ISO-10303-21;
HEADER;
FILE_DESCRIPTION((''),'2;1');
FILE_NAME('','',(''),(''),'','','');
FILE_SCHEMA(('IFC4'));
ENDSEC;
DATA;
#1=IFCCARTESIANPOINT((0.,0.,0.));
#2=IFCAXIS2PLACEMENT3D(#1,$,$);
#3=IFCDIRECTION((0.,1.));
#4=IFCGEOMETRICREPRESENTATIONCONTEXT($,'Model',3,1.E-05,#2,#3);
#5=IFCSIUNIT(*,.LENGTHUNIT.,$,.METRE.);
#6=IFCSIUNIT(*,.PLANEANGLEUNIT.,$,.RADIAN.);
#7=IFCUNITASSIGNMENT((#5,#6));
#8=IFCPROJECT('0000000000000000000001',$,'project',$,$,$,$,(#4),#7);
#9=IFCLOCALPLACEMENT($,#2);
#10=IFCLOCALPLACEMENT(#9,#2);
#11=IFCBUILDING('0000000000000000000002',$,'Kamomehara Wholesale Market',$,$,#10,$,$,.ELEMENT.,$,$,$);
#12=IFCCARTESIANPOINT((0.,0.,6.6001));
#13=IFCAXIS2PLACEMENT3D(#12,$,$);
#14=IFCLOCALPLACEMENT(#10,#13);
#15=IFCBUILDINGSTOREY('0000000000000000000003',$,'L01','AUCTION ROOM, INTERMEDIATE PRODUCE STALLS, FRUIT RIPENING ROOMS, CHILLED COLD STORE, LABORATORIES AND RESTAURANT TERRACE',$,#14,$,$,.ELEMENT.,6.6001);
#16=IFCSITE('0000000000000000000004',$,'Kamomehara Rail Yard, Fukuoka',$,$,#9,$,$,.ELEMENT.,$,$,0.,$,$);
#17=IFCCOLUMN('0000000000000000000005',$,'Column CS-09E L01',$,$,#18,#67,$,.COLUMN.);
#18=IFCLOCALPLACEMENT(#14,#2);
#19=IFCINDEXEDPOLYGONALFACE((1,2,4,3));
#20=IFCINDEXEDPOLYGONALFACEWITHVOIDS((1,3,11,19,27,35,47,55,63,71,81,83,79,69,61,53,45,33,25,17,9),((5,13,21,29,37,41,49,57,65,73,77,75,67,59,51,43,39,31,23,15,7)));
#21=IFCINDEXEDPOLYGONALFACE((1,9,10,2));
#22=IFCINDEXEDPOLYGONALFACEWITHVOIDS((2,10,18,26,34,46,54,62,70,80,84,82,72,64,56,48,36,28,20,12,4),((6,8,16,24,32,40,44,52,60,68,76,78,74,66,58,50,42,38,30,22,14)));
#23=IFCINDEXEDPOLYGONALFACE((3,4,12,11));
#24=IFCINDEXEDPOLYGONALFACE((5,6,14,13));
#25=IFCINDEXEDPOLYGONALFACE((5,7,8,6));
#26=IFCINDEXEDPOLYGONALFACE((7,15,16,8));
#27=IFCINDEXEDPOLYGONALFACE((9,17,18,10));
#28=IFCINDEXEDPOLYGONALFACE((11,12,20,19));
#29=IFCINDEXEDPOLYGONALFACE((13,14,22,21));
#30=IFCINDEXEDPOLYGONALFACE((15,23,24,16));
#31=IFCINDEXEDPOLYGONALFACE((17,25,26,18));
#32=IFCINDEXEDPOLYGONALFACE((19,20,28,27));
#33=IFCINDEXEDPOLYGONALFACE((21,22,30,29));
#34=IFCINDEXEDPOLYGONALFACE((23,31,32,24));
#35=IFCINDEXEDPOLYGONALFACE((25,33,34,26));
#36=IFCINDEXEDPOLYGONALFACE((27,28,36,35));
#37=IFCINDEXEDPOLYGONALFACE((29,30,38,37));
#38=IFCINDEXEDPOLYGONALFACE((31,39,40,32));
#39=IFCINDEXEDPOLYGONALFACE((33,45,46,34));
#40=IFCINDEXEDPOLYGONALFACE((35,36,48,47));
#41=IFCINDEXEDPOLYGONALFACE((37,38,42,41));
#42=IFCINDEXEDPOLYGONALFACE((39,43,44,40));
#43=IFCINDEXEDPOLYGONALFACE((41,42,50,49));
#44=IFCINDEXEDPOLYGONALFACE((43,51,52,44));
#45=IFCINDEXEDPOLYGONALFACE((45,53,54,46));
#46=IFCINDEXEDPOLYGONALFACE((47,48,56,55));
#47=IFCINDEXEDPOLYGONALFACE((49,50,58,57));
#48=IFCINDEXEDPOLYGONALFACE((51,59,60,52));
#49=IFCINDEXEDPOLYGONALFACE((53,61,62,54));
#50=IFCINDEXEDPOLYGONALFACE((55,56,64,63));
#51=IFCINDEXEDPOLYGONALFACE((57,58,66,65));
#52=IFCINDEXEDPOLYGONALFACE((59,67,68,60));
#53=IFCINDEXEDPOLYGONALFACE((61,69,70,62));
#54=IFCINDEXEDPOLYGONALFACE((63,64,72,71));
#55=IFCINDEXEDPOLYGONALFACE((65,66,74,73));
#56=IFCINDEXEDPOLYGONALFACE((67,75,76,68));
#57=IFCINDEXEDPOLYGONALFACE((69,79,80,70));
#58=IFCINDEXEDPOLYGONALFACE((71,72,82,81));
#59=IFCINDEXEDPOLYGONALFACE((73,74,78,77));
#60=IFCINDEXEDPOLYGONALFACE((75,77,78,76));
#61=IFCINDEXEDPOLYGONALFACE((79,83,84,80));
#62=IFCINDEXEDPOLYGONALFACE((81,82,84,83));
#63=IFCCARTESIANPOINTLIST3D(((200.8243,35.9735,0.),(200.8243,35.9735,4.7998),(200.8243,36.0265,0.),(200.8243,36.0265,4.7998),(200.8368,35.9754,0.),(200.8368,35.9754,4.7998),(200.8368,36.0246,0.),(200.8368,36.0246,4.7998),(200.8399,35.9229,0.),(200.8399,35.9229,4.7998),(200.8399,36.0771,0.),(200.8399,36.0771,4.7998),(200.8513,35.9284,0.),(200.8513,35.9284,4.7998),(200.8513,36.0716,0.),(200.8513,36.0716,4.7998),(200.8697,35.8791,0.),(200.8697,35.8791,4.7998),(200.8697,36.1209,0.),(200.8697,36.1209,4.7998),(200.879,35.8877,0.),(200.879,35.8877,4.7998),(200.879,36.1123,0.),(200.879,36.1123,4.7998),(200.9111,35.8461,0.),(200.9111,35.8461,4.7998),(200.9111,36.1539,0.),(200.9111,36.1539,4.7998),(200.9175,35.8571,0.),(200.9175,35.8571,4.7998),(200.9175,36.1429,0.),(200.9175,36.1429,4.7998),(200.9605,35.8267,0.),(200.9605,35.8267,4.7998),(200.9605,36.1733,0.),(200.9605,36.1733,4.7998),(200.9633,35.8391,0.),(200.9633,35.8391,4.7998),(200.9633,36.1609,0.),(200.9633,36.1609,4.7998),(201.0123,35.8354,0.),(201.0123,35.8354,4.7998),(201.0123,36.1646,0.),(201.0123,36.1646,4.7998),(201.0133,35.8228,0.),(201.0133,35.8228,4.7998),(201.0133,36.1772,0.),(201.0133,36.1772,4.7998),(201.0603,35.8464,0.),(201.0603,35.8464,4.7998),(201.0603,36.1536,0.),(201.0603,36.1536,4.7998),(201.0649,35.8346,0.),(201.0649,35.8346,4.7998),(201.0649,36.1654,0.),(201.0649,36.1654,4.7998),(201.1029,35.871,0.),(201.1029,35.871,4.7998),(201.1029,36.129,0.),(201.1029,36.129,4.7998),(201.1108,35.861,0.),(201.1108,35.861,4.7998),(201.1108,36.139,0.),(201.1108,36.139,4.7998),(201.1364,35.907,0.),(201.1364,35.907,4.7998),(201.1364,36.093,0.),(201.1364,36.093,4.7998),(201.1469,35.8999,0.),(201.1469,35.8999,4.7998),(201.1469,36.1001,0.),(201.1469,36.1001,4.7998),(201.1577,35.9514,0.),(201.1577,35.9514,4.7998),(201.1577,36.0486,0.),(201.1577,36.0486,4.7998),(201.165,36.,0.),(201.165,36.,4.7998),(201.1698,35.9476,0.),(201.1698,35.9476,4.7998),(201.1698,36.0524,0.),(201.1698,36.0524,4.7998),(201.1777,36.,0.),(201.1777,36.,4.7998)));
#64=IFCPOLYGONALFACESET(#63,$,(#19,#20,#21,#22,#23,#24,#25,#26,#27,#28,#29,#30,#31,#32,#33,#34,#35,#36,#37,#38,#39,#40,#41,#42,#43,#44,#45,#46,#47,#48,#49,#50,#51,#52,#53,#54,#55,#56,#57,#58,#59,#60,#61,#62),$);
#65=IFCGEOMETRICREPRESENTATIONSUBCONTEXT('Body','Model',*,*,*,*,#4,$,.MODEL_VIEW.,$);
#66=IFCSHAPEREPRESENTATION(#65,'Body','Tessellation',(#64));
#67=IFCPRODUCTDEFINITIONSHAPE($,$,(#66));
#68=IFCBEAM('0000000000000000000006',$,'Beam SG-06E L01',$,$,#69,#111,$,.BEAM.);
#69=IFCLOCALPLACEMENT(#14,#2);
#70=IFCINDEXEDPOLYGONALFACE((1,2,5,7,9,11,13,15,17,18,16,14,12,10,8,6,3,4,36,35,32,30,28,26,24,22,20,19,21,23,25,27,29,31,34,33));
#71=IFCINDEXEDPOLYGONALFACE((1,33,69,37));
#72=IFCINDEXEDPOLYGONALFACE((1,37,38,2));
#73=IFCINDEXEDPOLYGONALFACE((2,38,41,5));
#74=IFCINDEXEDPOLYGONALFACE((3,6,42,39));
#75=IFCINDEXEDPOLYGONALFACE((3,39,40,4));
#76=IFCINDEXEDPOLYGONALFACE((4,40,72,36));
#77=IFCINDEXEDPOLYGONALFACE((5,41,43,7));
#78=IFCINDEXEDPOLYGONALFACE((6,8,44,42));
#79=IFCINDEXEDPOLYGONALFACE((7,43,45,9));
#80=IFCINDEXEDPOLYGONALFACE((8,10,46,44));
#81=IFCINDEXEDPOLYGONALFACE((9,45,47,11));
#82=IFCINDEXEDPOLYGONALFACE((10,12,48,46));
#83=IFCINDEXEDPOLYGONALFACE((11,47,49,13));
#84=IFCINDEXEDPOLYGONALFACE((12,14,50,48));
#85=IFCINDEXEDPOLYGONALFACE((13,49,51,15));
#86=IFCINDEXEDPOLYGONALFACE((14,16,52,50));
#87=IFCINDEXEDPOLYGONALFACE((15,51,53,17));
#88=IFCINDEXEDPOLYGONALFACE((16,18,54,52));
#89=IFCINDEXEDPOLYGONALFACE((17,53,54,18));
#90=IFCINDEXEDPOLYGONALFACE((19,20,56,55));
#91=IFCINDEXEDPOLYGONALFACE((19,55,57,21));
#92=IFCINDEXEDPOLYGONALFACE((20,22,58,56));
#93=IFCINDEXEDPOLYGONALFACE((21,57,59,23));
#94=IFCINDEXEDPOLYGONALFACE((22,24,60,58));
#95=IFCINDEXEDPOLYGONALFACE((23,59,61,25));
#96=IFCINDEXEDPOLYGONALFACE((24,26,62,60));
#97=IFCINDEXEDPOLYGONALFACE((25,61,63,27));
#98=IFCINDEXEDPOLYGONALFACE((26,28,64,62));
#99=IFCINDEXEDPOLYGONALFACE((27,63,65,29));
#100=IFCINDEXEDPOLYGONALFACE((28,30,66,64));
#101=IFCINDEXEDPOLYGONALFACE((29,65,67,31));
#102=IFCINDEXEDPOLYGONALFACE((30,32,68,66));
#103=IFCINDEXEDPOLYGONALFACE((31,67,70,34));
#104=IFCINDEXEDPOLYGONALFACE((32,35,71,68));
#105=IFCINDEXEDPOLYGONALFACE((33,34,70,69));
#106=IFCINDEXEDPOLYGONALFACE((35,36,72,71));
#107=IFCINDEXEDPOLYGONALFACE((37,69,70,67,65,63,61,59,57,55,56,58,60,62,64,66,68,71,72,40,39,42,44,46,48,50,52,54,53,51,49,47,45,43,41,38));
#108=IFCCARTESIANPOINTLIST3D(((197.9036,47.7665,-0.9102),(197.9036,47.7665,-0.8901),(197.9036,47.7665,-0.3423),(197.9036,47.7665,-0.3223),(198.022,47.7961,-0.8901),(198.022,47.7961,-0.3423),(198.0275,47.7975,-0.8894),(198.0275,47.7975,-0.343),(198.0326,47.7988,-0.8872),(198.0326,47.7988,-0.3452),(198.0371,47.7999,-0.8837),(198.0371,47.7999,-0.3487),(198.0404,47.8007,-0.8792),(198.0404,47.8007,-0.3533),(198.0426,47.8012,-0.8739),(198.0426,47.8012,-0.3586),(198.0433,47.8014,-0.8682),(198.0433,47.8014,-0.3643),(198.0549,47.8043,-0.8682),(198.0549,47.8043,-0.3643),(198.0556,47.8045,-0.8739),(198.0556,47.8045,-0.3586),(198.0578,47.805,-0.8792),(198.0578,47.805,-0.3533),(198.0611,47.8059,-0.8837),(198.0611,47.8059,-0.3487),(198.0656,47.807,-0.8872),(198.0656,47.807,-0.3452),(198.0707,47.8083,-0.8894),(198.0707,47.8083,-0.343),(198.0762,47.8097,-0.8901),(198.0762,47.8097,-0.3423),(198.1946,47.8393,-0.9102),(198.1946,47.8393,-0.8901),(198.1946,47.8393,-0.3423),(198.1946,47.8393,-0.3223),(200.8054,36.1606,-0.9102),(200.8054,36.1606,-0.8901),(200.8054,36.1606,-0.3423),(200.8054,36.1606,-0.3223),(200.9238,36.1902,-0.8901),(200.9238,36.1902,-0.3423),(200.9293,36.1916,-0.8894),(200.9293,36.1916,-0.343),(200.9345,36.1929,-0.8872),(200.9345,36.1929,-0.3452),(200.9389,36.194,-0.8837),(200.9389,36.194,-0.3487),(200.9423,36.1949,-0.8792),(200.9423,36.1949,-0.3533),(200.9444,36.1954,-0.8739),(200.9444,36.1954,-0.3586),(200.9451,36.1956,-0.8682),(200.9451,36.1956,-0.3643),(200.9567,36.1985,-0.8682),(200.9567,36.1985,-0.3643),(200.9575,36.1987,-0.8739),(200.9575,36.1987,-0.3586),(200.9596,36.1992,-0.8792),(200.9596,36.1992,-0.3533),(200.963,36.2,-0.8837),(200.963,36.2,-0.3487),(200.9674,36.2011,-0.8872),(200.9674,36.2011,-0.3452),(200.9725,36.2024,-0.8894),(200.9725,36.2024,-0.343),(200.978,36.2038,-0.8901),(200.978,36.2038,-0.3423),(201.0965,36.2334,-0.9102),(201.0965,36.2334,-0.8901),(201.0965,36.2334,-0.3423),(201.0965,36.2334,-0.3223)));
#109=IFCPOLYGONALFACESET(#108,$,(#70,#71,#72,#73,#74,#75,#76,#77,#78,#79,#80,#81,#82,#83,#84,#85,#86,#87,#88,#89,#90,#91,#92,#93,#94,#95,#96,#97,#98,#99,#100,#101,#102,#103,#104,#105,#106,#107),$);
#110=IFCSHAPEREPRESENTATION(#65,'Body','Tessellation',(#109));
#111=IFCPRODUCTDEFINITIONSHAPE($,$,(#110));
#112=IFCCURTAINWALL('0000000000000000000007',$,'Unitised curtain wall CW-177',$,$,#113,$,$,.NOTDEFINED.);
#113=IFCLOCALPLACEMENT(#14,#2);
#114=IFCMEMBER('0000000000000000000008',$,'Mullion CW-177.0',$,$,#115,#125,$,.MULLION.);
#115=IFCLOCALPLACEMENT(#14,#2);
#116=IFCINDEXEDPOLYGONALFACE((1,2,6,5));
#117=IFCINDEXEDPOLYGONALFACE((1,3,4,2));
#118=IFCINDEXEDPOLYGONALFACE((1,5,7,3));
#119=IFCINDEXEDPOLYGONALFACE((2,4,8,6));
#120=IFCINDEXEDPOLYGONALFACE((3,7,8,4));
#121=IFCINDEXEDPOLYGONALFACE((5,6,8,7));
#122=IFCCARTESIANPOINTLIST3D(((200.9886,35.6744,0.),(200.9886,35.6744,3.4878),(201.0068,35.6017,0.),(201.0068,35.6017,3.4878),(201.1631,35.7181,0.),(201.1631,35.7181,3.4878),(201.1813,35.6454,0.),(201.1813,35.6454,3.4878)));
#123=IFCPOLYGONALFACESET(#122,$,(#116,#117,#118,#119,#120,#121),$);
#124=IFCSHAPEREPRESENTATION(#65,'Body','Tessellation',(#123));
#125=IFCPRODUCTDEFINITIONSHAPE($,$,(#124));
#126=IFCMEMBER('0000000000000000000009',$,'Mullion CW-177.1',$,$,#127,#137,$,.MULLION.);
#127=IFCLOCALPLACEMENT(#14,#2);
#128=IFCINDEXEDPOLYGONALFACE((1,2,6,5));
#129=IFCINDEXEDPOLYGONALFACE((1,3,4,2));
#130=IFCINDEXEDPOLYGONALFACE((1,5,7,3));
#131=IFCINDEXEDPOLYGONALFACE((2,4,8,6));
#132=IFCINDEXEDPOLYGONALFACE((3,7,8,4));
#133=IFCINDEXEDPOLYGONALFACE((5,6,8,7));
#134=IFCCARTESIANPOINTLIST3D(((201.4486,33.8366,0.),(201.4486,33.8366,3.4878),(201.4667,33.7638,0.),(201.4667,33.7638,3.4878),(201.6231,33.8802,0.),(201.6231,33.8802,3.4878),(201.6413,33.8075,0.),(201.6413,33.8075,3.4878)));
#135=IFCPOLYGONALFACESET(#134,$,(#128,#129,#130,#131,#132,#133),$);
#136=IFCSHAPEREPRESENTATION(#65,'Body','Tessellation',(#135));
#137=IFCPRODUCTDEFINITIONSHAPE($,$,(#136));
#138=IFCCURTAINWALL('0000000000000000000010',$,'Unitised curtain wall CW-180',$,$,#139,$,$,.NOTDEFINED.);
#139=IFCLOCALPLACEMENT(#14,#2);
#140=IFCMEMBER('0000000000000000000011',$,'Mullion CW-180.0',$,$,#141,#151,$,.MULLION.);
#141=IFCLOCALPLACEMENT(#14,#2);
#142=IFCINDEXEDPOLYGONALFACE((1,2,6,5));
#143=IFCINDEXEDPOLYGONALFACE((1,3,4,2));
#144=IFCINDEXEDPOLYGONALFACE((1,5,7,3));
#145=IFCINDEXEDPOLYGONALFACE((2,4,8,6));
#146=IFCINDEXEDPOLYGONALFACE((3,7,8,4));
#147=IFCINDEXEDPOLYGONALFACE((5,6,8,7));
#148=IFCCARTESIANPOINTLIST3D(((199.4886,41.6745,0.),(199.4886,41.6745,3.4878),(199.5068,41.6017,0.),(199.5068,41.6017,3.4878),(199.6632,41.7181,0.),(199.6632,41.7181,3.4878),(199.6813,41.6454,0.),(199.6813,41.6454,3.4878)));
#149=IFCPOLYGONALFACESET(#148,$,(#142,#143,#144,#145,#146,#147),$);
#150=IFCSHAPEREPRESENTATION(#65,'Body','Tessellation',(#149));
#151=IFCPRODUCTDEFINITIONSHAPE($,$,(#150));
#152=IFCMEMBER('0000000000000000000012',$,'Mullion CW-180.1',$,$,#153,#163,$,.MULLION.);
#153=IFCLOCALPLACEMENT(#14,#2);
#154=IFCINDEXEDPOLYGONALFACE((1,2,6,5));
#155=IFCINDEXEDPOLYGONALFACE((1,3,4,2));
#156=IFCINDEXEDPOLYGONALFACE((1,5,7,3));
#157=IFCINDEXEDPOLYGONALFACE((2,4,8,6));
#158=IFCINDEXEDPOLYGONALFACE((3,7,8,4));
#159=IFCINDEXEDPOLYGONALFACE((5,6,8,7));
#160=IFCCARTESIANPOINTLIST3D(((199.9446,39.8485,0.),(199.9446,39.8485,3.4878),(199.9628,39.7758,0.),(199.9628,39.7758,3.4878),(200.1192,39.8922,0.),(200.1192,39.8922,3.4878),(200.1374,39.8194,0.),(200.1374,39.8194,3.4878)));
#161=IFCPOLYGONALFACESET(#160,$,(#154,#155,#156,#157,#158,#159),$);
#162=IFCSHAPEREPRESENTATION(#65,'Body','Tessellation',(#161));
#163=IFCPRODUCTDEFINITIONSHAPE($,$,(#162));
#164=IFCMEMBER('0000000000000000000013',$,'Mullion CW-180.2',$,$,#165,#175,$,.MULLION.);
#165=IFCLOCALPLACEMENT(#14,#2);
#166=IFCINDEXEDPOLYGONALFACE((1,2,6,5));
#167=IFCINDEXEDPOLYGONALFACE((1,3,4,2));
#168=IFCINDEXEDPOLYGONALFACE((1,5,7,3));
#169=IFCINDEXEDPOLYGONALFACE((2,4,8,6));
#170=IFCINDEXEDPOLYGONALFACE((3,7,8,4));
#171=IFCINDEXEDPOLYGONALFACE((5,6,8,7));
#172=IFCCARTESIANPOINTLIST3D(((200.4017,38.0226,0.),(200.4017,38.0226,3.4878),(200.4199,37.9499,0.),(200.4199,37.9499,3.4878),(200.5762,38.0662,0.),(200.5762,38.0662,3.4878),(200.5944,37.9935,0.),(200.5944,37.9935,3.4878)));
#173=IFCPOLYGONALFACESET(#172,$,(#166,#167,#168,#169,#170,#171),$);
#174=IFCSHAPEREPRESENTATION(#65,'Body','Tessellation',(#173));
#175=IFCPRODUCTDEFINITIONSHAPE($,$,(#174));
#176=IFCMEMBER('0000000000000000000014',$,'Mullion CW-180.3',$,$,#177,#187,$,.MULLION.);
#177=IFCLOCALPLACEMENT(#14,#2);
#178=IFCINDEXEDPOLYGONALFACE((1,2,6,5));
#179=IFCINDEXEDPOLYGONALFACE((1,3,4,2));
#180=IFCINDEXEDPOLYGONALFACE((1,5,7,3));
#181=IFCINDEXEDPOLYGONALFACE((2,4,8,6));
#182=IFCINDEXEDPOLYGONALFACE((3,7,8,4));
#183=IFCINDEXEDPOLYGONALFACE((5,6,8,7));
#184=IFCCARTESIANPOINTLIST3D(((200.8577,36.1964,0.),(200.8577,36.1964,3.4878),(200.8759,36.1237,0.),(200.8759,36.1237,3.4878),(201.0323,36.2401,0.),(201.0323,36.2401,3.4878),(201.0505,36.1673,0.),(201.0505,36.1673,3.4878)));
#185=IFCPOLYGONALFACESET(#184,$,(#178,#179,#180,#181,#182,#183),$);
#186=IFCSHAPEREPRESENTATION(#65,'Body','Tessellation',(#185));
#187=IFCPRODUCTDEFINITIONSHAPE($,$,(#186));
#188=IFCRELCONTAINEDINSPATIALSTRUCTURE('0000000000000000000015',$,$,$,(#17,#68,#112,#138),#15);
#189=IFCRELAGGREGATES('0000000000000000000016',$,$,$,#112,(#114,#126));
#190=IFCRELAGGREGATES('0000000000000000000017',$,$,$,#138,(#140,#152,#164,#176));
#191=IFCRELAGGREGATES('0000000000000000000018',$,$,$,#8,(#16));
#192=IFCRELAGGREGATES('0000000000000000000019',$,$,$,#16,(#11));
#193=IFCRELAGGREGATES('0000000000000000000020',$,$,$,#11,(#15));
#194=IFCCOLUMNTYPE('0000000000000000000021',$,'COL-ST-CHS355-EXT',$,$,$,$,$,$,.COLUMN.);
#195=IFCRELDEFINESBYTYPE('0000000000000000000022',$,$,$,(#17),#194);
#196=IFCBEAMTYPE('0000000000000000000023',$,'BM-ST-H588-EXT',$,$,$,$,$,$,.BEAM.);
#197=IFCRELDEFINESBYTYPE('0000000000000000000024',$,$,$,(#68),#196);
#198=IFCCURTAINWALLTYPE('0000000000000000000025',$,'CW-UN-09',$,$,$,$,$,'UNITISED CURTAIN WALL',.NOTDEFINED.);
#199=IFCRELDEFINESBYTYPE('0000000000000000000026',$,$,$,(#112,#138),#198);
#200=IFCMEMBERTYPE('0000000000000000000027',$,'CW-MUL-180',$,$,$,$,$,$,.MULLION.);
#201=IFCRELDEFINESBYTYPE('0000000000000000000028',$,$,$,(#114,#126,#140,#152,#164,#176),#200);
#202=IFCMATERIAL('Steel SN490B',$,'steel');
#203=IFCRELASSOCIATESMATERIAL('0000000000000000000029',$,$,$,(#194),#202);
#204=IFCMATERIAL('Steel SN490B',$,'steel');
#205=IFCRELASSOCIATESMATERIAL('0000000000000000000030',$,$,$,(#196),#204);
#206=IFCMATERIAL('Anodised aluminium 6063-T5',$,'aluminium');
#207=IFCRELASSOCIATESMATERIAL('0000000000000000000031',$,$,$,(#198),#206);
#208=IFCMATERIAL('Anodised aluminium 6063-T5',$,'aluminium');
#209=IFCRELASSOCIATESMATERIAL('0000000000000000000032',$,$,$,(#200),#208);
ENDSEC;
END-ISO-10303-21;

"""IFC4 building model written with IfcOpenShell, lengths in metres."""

from ifc_helpers import new_model, si_unit, direction, frame, origin, origin_2d, place, context, subcontext, project, spatial, rectangle, hollow_circle, i_section, extrude, material, material_profile, profile_set, type_object, element, aggregate, save


model = new_model("IFC4")

# Units and contexts
model_context = context("Model", 3, precision=1e-05, world=origin(), true_north=direction((0.0, 1.0)))
body_context = subcontext(model_context, "Body", "Model", "MODEL_VIEW")
ifc_project = project(units=[si_unit("LENGTHUNIT", "METRE"), si_unit("PLANEANGLEUNIT", "RADIAN")], contexts=[model_context])

# Site, building, storey
site_placement = place(None, origin())
site = spatial("IfcSite", under=ifc_project, at=site_placement, Name="Kamomehara Rail Yard, Fukuoka", CompositionType="ELEMENT", RefElevation=0.0)
building_placement = place(site_placement, origin())
building = spatial("IfcBuilding", under=site, at=building_placement, Name="Kamomehara Wholesale Market", CompositionType="ELEMENT")
storey_placement = place(building_placement, frame((0.0, 0.0, 6.6001)))
storey = spatial("IfcBuildingStorey", under=building, at=storey_placement, Name="L01", Description="AUCTION ROOM, INTERMEDIATE PRODUCE STALLS, FRUIT RIPENING ROOMS, CHILLED COLD STORE, LABORATORIES AND RESTAURANT TERRACE", CompositionType="ELEMENT", Elevation=6.6001)

# Column
ifc_material_1 = material(Name="Steel SN490B", Category="steel")
ifc_material_profile_1 = material_profile(ifc_material_1, hollow_circle(Radius=0.1777, WallThickness=0.0127, at=origin_2d()), Name="CHS-355.6x12.7")
ifc_profile_set_1 = profile_set([ifc_material_profile_1], Name="Steel SN490B")
column_type = type_object("IfcColumnType", Name="COL-ST-CHS355-EXT", PredefinedType="COLUMN", material=ifc_profile_set_1)
column_placement = place(storey_placement, frame((201.0, 36.0, 0.0), z_axis=(0.0, 0.0, 1.0), x_axis=(1.0, 0.0, 0.0)))
element("IfcColumn", 1, at=column_placement, inside=storey, type_object=column_type, Name="Column CS-09E L01", PredefinedType="COLUMN", context=body_context, shape_type="SweptSolid", body=[
    extrude(hollow_circle(Radius=0.1777, WallThickness=0.0127, at=origin_2d()), origin(), (0.0, 0.0, 1.0), 4.7998),
])

# Beam
ifc_material_2 = material(Name="Steel SN490B", Category="steel")
ifc_material_profile_2 = material_profile(ifc_material_2, i_section(OverallWidth=0.3, OverallDepth=0.5879, WebThickness=0.012, FlangeThickness=0.02, FilletRadius=0.022, at=origin_2d()), Name="H-588x300x12x20")
ifc_profile_set_2 = profile_set([ifc_material_profile_2], Name="Steel SN490B")
beam_type = type_object("IfcBeamType", Name="BM-ST-H588-EXT", PredefinedType="BEAM", material=ifc_profile_set_2)
beam_placement = place(storey_placement, frame((200.9509, 36.197, -0.6162), z_axis=(-0.242564, 0.970135, 0.0), x_axis=(-0.970135, -0.242564, 0.0)))
element("IfcBeam", 2, at=beam_placement, inside=storey, type_object=beam_type, Name="Beam SG-06E L01", PredefinedType="BEAM", context=body_context, shape_type="SweptSolid", body=[
    extrude(i_section(OverallWidth=0.3, OverallDepth=0.5879, WebThickness=0.012, FlangeThickness=0.02, FilletRadius=0.022, at=origin_2d()), origin(), (0.0, 0.0, 1.0), 11.9631),
])

# Curtain walls, members
ifc_material_3 = material(Name="Anodised aluminium 6063-T5", Category="aluminium")
curtain_wall_type = type_object("IfcCurtainWallType", Name="CW-UN-09", ElementType="UNITISED CURTAIN WALL", PredefinedType="NOTDEFINED", material=ifc_material_3)
curtain_wall_1_placement = place(storey_placement, origin())
curtain_wall_1 = element("IfcCurtainWall", 3, at=curtain_wall_1_placement, inside=storey, type_object=curtain_wall_type, Name="Unitised curtain wall CW-177", PredefinedType="NOTDEFINED")
ifc_material_4 = material(Name="Anodised aluminium 6063-T5", Category="aluminium")
ifc_material_profile_3 = material_profile(ifc_material_4, rectangle(XDim=0.075, YDim=0.1799, at=origin_2d()), Name="ALU-MUL-75x180")
ifc_profile_set_3 = profile_set([ifc_material_profile_3], Name="Anodised aluminium 6063-T5")
member_type_1 = type_object("IfcMemberType", Name="CW-MUL-180", PredefinedType="MULLION", material=ifc_profile_set_3)
member_1_placement = place(storey_placement, frame((201.085, 35.6599, 0.0), z_axis=(0.0, 0.0, 1.0), x_axis=(0.242618, -0.970122, 0.0)))
member_1 = element("IfcMember", 4, at=member_1_placement, type_object=member_type_1, Name="Mullion CW-177.0", PredefinedType="MULLION", context=body_context, shape_type="SweptSolid", body=[
    extrude(rectangle(XDim=0.075, YDim=0.1799, at=origin_2d()), origin(), (0.0, 0.0, 1.0), 3.4878),
])
member_2_placement = place(storey_placement, frame((201.5449, 33.822, 0.0), z_axis=(0.0, 0.0, 1.0), x_axis=(0.242618, -0.970122, 0.0)))
member_2 = element("IfcMember", 5, at=member_2_placement, type_object=member_type_1, Name="Mullion CW-177.1", PredefinedType="MULLION", context=body_context, shape_type="SweptSolid", body=[
    extrude(rectangle(XDim=0.075, YDim=0.1799, at=origin_2d()), origin(), (0.0, 0.0, 1.0), 3.4878),
])
curtain_wall_2_placement = place(storey_placement, origin())
curtain_wall_2 = element("IfcCurtainWall", 6, at=curtain_wall_2_placement, inside=storey, type_object=curtain_wall_type, Name="Unitised curtain wall CW-180", PredefinedType="NOTDEFINED")
member_3_placement = place(storey_placement, frame((199.585, 41.6599, 0.0), z_axis=(0.0, 0.0, 1.0), x_axis=(0.242452, -0.970163, 0.0)))
member_3 = element("IfcMember", 7, at=member_3_placement, type_object=member_type_1, Name="Mullion CW-180.0", PredefinedType="MULLION", context=body_context, shape_type="SweptSolid", body=[
    extrude(rectangle(XDim=0.075, YDim=0.1799, at=origin_2d()), origin(), (0.0, 0.0, 1.0), 3.4878),
])
member_4_placement = place(storey_placement, frame((200.041, 39.834, 0.0), z_axis=(0.0, 0.0, 1.0), x_axis=(0.242452, -0.970163, 0.0)))
member_4 = element("IfcMember", 8, at=member_4_placement, type_object=member_type_1, Name="Mullion CW-180.1", PredefinedType="MULLION", context=body_context, shape_type="SweptSolid", body=[
    extrude(rectangle(XDim=0.075, YDim=0.1799, at=origin_2d()), origin(), (0.0, 0.0, 1.0), 3.4878),
])
member_5_placement = place(storey_placement, frame((200.498, 38.0081, 0.0), z_axis=(0.0, 0.0, 1.0), x_axis=(0.242452, -0.970163, 0.0)))
member_5 = element("IfcMember", 9, at=member_5_placement, type_object=member_type_1, Name="Mullion CW-180.2", PredefinedType="MULLION", context=body_context, shape_type="SweptSolid", body=[
    extrude(rectangle(XDim=0.075, YDim=0.1799, at=origin_2d()), origin(), (0.0, 0.0, 1.0), 3.4878),
])
member_6_placement = place(storey_placement, frame((200.9541, 36.1819, 0.0), z_axis=(0.0, 0.0, 1.0), x_axis=(0.242452, -0.970163, 0.0)))
member_6 = element("IfcMember", 10, at=member_6_placement, type_object=member_type_1, Name="Mullion CW-180.3", PredefinedType="MULLION", context=body_context, shape_type="SweptSolid", body=[
    extrude(rectangle(XDim=0.075, YDim=0.1799, at=origin_2d()), origin(), (0.0, 0.0, 1.0), 3.4878),
])

aggregate(curtain_wall_1, [member_1, member_2])
aggregate(curtain_wall_2, [member_3, member_4, member_5, member_6])

save(model, "model.ifc")
